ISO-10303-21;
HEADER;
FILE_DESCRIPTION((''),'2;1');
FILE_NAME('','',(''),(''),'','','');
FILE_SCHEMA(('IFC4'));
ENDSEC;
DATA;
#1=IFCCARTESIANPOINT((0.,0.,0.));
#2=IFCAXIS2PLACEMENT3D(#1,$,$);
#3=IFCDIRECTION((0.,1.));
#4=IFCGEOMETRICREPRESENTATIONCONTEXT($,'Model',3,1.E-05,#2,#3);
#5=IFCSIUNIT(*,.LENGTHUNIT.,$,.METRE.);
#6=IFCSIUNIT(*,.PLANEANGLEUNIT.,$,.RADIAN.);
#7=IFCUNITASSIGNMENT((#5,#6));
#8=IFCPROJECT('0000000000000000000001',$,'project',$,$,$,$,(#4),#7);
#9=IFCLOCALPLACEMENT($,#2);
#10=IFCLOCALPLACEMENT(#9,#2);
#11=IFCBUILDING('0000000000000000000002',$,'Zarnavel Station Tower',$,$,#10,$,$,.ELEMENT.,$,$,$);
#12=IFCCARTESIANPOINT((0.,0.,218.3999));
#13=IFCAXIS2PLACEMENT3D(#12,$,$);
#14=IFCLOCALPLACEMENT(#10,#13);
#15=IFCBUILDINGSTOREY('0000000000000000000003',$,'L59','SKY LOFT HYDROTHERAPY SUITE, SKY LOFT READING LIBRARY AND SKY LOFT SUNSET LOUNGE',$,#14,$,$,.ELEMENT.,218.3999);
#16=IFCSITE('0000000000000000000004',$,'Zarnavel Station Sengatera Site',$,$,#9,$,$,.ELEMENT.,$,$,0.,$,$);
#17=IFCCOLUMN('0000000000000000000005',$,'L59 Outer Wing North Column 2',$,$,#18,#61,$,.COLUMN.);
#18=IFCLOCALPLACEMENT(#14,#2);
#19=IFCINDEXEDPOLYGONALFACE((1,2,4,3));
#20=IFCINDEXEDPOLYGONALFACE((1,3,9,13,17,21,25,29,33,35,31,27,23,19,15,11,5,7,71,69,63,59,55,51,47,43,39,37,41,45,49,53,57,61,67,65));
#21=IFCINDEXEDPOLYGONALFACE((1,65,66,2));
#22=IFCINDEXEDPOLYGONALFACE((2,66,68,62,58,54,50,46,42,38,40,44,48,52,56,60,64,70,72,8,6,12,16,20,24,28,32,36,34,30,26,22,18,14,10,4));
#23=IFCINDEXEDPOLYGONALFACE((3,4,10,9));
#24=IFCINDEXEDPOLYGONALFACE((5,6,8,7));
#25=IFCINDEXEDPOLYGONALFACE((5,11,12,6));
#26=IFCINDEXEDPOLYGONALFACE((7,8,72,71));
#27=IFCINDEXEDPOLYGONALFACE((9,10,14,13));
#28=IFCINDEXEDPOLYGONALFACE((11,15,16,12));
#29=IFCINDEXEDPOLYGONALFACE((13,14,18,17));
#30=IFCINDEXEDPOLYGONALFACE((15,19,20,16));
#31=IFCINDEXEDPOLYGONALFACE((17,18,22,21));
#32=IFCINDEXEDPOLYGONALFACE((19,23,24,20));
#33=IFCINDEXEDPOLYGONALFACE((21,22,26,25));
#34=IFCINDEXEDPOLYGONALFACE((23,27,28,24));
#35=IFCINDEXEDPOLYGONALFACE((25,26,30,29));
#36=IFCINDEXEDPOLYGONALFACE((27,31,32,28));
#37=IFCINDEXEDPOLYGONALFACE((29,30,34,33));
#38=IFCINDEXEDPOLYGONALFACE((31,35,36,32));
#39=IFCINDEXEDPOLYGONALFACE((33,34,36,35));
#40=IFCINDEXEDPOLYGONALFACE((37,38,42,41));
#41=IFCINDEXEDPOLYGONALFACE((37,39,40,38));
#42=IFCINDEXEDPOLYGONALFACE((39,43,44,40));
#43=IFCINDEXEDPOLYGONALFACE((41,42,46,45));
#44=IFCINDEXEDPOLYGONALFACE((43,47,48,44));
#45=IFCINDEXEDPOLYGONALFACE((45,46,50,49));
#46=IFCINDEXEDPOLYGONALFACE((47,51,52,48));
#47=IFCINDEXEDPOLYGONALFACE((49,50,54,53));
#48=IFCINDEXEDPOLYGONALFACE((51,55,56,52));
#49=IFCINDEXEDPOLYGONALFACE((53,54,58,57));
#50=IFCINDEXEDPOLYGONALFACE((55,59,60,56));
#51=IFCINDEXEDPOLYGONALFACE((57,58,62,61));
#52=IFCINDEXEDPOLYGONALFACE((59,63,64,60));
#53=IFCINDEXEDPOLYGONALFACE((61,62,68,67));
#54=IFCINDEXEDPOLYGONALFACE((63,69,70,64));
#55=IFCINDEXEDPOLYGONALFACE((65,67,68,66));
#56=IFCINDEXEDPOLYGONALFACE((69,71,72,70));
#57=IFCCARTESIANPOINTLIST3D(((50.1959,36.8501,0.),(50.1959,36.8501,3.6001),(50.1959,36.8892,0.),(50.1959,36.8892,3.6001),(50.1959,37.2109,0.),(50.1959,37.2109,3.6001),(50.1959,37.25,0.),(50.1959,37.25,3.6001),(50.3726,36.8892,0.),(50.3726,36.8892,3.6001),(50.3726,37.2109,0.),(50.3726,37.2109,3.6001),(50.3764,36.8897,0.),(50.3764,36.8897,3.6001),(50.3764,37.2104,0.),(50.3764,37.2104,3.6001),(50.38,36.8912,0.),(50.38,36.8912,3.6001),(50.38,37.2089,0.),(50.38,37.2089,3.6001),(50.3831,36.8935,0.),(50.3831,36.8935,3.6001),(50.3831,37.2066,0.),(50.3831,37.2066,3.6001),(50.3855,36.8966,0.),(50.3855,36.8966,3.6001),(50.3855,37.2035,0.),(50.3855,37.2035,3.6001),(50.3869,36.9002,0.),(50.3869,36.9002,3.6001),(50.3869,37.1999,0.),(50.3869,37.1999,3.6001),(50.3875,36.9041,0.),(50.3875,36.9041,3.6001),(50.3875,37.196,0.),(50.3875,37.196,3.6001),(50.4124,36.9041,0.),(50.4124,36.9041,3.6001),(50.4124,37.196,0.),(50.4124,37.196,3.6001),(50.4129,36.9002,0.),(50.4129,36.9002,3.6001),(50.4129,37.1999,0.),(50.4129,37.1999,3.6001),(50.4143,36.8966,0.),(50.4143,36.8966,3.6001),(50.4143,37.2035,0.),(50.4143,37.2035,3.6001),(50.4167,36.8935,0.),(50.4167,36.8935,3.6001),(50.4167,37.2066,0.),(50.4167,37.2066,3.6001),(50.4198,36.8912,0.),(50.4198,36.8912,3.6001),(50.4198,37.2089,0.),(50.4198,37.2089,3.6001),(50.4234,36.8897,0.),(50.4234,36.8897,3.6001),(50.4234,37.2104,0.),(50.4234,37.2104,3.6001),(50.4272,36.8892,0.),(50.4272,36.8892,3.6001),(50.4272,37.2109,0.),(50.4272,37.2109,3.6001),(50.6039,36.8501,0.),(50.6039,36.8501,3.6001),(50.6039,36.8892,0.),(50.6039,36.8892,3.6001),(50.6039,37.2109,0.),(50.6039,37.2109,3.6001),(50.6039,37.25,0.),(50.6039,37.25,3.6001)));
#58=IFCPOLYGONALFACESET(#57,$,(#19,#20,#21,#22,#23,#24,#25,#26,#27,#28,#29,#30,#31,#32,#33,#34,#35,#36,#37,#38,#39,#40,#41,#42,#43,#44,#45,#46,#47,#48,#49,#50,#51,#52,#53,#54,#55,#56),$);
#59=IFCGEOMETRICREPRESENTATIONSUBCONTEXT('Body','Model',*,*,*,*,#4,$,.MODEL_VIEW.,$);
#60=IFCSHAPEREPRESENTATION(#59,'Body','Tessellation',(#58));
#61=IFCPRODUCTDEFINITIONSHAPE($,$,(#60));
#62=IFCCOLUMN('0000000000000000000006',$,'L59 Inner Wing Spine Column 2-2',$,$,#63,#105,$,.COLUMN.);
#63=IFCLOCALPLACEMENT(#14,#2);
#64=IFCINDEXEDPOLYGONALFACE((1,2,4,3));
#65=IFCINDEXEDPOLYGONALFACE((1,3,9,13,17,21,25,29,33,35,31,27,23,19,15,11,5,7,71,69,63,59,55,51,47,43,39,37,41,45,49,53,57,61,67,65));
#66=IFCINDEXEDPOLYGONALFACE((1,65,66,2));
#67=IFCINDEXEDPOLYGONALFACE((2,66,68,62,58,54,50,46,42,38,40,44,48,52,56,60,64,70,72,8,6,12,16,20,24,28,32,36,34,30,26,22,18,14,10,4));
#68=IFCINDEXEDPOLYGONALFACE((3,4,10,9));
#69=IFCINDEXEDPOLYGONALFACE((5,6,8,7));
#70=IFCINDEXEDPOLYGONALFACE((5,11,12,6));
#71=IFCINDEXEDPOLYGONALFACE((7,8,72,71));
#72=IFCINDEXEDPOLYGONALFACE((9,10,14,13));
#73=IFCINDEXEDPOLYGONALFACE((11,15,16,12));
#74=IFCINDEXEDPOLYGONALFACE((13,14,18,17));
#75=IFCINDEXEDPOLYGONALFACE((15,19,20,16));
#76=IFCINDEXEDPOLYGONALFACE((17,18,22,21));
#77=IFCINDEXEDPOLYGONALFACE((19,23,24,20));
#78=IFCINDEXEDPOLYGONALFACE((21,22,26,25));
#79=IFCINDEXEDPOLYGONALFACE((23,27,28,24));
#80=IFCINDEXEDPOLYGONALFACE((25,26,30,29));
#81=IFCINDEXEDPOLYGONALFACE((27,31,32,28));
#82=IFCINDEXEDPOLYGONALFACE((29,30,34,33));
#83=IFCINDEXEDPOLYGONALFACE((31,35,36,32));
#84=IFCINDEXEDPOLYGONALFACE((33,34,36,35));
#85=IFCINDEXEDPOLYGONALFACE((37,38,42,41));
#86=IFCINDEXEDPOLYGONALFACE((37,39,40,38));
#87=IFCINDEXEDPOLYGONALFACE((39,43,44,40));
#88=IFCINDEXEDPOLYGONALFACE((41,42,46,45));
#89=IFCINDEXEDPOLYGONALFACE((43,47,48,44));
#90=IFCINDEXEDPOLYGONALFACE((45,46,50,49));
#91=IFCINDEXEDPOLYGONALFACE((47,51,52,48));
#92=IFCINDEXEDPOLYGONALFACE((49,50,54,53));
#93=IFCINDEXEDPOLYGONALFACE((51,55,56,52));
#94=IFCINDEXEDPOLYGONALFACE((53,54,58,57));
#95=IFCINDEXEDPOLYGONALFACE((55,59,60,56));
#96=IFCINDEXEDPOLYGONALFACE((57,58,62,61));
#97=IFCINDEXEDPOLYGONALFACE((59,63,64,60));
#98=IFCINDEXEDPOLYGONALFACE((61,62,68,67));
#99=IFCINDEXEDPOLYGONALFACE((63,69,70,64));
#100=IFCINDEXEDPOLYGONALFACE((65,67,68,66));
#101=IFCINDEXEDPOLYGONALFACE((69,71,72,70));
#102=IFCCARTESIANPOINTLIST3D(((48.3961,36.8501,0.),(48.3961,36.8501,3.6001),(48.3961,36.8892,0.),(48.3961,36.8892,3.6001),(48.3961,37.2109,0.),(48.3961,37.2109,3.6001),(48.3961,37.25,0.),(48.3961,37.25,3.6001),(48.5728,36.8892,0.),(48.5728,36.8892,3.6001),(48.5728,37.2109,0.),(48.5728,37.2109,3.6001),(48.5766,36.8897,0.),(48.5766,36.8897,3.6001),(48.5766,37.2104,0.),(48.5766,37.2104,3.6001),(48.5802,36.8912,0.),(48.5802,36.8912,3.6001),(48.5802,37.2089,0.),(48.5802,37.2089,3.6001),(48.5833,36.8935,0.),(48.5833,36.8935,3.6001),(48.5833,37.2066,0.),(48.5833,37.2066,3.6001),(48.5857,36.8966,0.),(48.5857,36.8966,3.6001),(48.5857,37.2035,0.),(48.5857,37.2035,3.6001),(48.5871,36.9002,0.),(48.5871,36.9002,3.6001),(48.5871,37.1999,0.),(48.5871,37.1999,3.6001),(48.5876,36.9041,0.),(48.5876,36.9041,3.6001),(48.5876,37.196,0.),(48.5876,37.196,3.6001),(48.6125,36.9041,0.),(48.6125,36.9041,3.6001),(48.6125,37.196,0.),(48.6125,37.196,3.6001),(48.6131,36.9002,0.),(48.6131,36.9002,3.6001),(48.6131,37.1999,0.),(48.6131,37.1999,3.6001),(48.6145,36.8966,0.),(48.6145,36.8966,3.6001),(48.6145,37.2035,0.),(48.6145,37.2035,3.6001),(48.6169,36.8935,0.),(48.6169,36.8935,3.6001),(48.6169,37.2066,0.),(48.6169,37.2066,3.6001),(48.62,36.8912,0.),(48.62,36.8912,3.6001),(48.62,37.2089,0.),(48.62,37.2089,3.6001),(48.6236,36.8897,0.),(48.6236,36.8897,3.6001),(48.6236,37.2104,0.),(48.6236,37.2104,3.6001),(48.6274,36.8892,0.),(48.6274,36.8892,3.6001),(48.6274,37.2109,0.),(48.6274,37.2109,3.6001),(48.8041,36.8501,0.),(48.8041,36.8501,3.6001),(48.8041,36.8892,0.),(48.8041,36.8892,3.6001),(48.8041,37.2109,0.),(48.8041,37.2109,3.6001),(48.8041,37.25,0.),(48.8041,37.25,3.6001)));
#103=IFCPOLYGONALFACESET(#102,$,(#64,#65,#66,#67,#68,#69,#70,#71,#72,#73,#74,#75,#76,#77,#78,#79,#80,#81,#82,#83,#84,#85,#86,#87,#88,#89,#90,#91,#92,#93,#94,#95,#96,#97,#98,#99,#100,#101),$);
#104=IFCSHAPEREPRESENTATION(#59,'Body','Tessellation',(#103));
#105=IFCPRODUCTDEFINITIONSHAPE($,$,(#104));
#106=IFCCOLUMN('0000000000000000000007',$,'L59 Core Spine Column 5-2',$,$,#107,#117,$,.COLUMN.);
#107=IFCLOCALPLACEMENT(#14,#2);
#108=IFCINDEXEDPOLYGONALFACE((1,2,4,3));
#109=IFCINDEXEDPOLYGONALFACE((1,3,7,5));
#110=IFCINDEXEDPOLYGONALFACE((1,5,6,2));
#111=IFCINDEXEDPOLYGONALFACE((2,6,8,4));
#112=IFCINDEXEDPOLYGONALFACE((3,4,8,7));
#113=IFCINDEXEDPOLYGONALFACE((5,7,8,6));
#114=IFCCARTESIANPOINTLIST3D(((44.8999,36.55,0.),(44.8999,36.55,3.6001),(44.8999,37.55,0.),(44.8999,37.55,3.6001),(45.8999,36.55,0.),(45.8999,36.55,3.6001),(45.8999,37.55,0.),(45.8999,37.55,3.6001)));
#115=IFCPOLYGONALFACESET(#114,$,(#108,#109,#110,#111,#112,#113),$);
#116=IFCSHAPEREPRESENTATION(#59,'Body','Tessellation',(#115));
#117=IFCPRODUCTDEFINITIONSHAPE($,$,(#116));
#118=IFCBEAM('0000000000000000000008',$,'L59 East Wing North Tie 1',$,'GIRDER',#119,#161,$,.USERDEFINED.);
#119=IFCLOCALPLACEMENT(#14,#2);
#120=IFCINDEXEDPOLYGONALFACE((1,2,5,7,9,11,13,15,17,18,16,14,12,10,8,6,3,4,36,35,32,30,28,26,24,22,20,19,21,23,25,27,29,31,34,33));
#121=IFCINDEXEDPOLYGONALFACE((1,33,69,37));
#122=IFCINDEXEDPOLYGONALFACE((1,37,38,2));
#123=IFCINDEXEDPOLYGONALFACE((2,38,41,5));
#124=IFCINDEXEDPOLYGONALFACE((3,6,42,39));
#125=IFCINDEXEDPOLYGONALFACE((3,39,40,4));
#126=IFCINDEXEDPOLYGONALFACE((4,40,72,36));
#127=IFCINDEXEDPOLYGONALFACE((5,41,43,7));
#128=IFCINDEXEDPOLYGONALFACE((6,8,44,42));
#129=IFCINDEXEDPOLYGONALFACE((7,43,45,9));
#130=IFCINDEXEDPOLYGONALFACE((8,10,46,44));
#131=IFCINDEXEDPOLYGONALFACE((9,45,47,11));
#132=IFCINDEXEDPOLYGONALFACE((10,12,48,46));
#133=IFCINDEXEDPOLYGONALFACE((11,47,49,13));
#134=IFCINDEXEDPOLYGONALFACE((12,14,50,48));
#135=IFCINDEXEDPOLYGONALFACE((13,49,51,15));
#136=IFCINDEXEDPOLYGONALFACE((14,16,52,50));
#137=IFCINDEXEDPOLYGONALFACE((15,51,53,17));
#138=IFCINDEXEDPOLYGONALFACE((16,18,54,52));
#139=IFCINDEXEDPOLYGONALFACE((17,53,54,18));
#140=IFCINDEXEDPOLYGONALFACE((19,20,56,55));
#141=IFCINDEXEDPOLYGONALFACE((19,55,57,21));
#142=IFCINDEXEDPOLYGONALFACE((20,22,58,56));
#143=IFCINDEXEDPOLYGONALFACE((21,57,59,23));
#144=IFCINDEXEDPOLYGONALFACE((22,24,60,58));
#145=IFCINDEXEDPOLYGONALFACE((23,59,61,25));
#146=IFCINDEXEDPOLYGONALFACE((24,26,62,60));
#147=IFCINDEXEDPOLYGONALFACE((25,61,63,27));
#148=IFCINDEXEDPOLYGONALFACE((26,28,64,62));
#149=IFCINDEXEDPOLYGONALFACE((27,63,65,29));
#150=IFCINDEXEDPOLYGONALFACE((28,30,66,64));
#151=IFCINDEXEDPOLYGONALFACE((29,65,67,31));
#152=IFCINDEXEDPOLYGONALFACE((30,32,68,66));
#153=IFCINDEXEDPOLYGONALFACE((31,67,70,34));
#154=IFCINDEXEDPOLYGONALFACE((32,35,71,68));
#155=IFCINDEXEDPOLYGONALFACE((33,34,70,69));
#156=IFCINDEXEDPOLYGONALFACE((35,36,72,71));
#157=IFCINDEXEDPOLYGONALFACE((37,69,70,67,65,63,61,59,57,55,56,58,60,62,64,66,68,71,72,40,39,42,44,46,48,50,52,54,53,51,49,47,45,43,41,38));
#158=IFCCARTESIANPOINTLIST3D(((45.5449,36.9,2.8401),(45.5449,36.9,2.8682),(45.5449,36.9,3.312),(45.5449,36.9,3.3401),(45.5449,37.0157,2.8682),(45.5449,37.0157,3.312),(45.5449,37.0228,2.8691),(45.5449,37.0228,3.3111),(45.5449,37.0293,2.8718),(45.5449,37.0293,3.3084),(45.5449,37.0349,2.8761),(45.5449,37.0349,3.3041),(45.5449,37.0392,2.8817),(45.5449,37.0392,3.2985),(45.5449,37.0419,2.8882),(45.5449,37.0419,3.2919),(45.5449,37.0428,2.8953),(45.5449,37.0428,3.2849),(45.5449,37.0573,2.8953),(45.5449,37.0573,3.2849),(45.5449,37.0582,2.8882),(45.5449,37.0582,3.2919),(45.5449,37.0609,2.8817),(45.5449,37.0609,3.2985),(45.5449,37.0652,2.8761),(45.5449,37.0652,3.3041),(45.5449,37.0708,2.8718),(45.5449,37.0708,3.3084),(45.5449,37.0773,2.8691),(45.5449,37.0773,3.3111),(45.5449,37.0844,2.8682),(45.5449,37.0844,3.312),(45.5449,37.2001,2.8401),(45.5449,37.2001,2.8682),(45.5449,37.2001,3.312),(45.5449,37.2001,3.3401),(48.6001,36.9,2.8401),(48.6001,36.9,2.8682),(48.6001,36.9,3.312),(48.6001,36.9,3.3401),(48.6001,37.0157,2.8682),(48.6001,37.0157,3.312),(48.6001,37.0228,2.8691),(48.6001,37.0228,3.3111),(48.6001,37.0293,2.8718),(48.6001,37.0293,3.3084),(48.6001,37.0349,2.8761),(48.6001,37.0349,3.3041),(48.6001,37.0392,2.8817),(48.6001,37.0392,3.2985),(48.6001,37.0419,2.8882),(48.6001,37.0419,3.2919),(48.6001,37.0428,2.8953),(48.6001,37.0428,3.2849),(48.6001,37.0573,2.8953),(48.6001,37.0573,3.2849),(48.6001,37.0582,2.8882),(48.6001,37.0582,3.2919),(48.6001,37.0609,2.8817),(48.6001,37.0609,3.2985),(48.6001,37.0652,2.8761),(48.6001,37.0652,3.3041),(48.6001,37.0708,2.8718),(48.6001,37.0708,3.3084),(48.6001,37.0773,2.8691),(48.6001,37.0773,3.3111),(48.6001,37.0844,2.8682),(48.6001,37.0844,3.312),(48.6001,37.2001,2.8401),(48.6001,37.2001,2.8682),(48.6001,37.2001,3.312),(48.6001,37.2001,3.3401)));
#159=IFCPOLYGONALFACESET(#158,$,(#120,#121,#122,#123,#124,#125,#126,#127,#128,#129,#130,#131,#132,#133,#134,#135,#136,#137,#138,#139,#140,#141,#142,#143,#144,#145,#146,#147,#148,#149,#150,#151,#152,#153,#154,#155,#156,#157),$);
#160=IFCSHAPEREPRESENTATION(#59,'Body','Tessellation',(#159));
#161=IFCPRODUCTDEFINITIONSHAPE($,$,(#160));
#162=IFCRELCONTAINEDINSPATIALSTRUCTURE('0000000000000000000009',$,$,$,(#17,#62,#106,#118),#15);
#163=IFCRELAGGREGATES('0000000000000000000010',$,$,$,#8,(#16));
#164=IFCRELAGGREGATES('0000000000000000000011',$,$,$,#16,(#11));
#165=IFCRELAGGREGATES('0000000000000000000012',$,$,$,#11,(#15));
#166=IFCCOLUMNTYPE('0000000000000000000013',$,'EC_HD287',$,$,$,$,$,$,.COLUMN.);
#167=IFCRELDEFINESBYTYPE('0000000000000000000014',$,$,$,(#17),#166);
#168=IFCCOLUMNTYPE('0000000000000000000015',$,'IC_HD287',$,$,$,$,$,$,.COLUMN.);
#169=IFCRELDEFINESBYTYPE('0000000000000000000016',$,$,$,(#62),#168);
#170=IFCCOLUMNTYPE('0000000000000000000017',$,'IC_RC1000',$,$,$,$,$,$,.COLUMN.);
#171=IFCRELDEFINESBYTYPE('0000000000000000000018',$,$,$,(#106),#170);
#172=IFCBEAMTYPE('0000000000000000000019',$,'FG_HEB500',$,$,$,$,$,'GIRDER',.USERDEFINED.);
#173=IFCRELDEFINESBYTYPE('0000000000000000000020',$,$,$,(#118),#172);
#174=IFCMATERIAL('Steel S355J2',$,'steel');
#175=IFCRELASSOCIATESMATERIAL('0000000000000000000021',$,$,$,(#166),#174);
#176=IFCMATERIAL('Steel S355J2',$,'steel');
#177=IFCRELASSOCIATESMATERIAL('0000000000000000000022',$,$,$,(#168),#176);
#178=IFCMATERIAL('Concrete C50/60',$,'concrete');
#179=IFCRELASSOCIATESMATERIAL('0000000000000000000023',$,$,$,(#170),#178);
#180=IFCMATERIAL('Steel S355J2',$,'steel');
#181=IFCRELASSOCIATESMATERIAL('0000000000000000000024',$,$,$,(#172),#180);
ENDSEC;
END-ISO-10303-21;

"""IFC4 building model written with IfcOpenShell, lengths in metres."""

from ifc_helpers import new_model, si_unit, direction, frame, origin, origin_2d, place, context, subcontext, project, spatial, rectangle, i_section, extrude, material, material_profile, profile_set, type_object, element, save


model = new_model("IFC4")

# Units and contexts
model_context = context("Model", 3, precision=1e-05, world=origin(), true_north=direction((0.0, 1.0)))
body_context = subcontext(model_context, "Body", "Model", "MODEL_VIEW")
ifc_project = project(units=[si_unit("LENGTHUNIT", "METRE"), si_unit("PLANEANGLEUNIT", "RADIAN")], contexts=[model_context])

# Site, building, storey
site_placement = place(None, origin())
site = spatial("IfcSite", under=ifc_project, at=site_placement, Name="Zarnavel Station Sengatera Site", CompositionType="ELEMENT", RefElevation=0.0)
building_placement = place(site_placement, origin())
building = spatial("IfcBuilding", under=site, at=building_placement, Name="Zarnavel Station Tower", CompositionType="ELEMENT")
storey_placement = place(building_placement, frame((0.0, 0.0, 218.3999)))
storey = spatial("IfcBuildingStorey", under=building, at=storey_placement, Name="L59", Description="SKY LOFT HYDROTHERAPY SUITE, SKY LOFT READING LIBRARY AND SKY LOFT SUNSET LOUNGE", CompositionType="ELEMENT", Elevation=218.3999)

# Columns
ifc_material_1 = material(Name="Steel S355J2", Category="steel")
ifc_material_profile_1 = material_profile(ifc_material_1, i_section(OverallWidth=0.408, OverallDepth=0.3999, WebThickness=0.0249, FlangeThickness=0.0391, FilletRadius=0.0149, at=origin_2d()), Name="HD400x287")
ifc_profile_set_1 = profile_set([ifc_material_profile_1], Name="Steel S355J2")
column_type_1 = type_object("IfcColumnType", Name="EC_HD287", PredefinedType="COLUMN", material=ifc_profile_set_1)
column_1_placement = place(storey_placement, frame((50.3999, 37.05, 0.0), z_axis=(0.0, 0.0, 1.0), x_axis=(1.0, 0.0, 0.0)))
element("IfcColumn", 1, at=column_1_placement, inside=storey, type_object=column_type_1, Name="L59 Outer Wing North Column 2", PredefinedType="COLUMN", context=body_context, shape_type="SweptSolid", body=[
    extrude(i_section(OverallWidth=0.408, OverallDepth=0.3999, WebThickness=0.0249, FlangeThickness=0.0391, FilletRadius=0.0149, at=origin_2d()), origin(), (0.0, 0.0, 1.0), 3.6001),
])
ifc_material_2 = material(Name="Steel S355J2", Category="steel")
ifc_material_profile_2 = material_profile(ifc_material_2, i_section(OverallWidth=0.408, OverallDepth=0.3999, WebThickness=0.0249, FlangeThickness=0.0391, FilletRadius=0.0149, at=origin_2d()), Name="HD400x287")
ifc_profile_set_2 = profile_set([ifc_material_profile_2], Name="Steel S355J2")
column_type_2 = type_object("IfcColumnType", Name="IC_HD287", PredefinedType="COLUMN", material=ifc_profile_set_2)
column_2_placement = place(storey_placement, frame((48.6001, 37.05, 0.0), z_axis=(0.0, 0.0, 1.0), x_axis=(1.0, 0.0, 0.0)))
element("IfcColumn", 2, at=column_2_placement, inside=storey, type_object=column_type_2, Name="L59 Inner Wing Spine Column 2-2", PredefinedType="COLUMN", context=body_context, shape_type="SweptSolid", body=[
    extrude(i_section(OverallWidth=0.408, OverallDepth=0.3999, WebThickness=0.0249, FlangeThickness=0.0391, FilletRadius=0.0149, at=origin_2d()), origin(), (0.0, 0.0, 1.0), 3.6001),
])
ifc_material_3 = material(Name="Concrete C50/60", Category="concrete")
ifc_material_profile_3 = material_profile(ifc_material_3, rectangle(XDim=1.0, YDim=1.0, at=origin_2d()), Name="RC1000x1000")
ifc_profile_set_3 = profile_set([ifc_material_profile_3], Name="Concrete C50/60")
column_type_3 = type_object("IfcColumnType", Name="IC_RC1000", PredefinedType="COLUMN", material=ifc_profile_set_3)
column_3_placement = place(storey_placement, frame((45.3999, 37.05, 0.0), z_axis=(0.0, 0.0, 1.0), x_axis=(1.0, 0.0, 0.0)))
element("IfcColumn", 3, at=column_3_placement, inside=storey, type_object=column_type_3, Name="L59 Core Spine Column 5-2", PredefinedType="COLUMN", context=body_context, shape_type="SweptSolid", body=[
    extrude(rectangle(XDim=1.0, YDim=1.0, at=origin_2d()), origin(), (0.0, 0.0, 1.0), 3.6001),
])

# Beam
ifc_material_4 = material(Name="Steel S355J2", Category="steel")
ifc_material_profile_4 = material_profile(ifc_material_4, i_section(OverallWidth=0.3, OverallDepth=0.5, WebThickness=0.0144, FlangeThickness=0.0281, FilletRadius=0.0271, at=origin_2d()), Name="HEB500")
ifc_profile_set_4 = profile_set([ifc_material_profile_4], Name="Steel S355J2")
beam_type = type_object("IfcBeamType", Name="FG_HEB500", ElementType="GIRDER", PredefinedType="USERDEFINED", material=ifc_profile_set_4)
beam_1_placement = place(storey_placement, frame((45.5449, 37.05, 3.0901), z_axis=(1.0, 0.0, 0.0), x_axis=(0.0, 1.0, 0.0)))
element("IfcBeam", 4, at=beam_1_placement, inside=storey, type_object=beam_type, Name="L59 East Wing North Tie 1", ObjectType="GIRDER", PredefinedType="USERDEFINED", context=body_context, shape_type="SweptSolid", body=[
    extrude(i_section(OverallWidth=0.3, OverallDepth=0.5, WebThickness=0.0144, FlangeThickness=0.0281, FilletRadius=0.0271, at=origin_2d()), origin(), (0.0, 0.0, 1.0), 3.0552),
])

save(model, "model.ifc")
